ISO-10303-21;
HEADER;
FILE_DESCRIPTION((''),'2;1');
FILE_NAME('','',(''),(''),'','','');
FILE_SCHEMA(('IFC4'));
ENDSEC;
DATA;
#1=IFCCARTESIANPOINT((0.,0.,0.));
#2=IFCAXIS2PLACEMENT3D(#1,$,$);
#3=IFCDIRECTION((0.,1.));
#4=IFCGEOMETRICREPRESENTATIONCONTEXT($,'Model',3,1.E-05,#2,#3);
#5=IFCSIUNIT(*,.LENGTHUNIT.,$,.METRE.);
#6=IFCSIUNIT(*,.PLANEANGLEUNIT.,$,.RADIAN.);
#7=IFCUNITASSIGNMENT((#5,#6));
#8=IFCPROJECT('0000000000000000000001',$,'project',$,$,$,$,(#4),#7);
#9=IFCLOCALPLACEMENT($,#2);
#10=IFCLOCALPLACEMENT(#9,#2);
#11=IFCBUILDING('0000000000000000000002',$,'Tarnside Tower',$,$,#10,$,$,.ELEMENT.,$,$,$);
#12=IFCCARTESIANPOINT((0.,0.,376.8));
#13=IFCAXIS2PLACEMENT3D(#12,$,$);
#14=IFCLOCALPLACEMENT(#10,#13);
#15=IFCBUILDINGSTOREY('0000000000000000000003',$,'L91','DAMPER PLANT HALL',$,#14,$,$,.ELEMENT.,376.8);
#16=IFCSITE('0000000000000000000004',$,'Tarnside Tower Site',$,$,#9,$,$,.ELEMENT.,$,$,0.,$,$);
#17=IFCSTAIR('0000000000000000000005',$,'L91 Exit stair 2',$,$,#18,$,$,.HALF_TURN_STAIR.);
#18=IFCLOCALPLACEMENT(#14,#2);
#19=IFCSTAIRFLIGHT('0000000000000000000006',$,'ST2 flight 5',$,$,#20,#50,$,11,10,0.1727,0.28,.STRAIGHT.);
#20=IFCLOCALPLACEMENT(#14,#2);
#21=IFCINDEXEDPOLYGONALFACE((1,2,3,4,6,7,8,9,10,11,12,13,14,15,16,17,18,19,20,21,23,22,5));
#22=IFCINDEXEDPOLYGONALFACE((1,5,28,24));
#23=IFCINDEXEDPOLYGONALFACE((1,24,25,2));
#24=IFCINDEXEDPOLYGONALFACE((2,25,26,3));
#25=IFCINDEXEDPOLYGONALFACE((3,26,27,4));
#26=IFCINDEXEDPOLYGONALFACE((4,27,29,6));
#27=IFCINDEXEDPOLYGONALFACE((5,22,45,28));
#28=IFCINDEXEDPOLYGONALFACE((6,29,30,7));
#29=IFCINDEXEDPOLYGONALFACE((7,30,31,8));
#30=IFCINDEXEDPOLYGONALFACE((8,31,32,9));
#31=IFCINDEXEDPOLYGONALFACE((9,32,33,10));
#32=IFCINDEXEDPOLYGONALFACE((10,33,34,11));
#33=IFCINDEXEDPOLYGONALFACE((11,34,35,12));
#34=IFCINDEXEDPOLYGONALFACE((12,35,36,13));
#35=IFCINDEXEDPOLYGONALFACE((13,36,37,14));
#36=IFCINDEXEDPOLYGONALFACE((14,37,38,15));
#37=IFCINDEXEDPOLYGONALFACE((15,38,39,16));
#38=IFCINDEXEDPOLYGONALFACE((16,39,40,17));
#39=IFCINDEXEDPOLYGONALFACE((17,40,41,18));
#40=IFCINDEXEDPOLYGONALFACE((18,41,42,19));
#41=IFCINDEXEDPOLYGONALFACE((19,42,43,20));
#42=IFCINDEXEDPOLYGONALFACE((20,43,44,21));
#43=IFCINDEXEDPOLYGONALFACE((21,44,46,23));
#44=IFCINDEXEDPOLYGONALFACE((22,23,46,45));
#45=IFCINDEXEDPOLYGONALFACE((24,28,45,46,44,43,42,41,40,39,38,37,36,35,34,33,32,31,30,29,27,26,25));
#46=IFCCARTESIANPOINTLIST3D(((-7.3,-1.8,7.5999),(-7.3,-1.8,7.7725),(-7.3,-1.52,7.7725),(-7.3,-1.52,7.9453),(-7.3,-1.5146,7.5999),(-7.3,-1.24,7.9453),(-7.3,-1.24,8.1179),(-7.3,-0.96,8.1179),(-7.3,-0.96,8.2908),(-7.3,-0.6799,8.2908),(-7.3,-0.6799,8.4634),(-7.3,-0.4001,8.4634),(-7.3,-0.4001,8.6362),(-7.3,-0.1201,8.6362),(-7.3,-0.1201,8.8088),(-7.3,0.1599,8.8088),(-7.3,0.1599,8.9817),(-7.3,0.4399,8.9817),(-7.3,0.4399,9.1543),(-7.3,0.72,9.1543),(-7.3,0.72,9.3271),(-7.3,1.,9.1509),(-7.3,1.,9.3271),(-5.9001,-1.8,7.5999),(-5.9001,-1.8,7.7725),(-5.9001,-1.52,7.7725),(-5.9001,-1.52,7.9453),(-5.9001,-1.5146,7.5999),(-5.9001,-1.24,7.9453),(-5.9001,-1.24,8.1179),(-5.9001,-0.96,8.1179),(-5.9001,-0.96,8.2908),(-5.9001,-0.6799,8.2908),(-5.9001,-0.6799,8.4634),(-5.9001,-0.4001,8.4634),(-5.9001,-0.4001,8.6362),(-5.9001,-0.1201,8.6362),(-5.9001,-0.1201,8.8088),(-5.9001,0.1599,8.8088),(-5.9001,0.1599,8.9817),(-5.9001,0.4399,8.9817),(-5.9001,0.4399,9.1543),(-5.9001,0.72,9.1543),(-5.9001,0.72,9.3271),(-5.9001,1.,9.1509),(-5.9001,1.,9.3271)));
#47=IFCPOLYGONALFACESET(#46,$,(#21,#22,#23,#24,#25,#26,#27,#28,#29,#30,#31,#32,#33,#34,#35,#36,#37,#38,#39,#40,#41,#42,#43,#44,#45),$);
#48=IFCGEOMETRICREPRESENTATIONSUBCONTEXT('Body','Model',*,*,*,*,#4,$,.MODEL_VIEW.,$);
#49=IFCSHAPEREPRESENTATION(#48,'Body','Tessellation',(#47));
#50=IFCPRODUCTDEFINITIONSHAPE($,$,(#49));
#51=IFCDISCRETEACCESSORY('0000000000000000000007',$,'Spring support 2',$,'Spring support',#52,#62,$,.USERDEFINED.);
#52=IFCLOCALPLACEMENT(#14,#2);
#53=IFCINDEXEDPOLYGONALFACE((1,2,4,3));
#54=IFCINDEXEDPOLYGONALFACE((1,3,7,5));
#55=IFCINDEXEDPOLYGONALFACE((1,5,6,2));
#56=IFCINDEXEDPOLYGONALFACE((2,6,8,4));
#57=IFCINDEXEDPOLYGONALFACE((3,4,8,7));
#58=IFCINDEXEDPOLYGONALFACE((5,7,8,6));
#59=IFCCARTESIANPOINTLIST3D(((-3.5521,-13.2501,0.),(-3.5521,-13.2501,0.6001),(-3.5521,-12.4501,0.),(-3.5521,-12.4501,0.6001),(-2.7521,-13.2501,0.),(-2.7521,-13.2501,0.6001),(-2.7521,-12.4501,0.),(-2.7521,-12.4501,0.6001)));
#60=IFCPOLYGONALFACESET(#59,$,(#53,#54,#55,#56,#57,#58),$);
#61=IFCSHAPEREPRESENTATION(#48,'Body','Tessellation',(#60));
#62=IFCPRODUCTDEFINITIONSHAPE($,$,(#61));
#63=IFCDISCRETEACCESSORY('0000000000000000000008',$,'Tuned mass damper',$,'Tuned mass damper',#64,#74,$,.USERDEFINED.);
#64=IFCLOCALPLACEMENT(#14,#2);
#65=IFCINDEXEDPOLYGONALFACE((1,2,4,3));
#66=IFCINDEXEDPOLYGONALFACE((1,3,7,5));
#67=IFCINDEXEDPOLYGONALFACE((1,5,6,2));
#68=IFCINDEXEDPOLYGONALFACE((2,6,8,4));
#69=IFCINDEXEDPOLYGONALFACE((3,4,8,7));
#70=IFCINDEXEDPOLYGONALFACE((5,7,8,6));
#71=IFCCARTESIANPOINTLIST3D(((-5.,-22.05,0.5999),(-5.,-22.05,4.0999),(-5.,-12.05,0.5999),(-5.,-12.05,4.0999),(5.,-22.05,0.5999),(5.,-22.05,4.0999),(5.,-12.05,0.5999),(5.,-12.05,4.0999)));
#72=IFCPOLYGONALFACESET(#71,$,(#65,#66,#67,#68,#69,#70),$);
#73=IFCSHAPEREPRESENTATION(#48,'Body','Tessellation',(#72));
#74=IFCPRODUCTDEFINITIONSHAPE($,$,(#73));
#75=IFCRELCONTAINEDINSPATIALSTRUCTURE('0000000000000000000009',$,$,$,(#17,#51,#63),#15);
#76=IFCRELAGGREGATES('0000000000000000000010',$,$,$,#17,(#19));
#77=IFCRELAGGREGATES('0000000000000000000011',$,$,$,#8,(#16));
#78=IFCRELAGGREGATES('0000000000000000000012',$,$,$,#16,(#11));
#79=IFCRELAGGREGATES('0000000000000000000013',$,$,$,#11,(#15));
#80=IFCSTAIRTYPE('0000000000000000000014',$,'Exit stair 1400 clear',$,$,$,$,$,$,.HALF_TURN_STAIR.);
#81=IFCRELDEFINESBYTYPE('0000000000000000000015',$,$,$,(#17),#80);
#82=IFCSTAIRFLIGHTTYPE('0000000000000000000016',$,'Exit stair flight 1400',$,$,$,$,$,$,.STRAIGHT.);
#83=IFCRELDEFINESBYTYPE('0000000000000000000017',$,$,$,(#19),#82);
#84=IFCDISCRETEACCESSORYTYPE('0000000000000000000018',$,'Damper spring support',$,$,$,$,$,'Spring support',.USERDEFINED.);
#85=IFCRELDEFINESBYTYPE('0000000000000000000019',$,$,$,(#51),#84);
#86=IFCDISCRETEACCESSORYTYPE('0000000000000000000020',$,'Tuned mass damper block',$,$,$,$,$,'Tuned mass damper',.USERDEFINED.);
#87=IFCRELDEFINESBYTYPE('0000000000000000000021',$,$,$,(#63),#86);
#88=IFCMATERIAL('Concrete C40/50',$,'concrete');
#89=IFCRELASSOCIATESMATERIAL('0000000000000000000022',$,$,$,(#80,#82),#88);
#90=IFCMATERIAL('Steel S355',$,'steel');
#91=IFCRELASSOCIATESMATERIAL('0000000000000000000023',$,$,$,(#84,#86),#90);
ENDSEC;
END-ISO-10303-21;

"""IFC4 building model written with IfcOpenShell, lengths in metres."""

from ifc_helpers import new_model, si_unit, direction, frame, origin, origin_2d, place, context, subcontext, project, spatial, polyline, rectangle, outline, extrude, material, type_object, element, aggregate, save


model = new_model("IFC4")

# Units and contexts
model_context = context("Model", 3, precision=1e-05, world=origin(), true_north=direction((0.0, 1.0)))
body_context = subcontext(model_context, "Body", "Model", "MODEL_VIEW")
ifc_project = project(units=[si_unit("LENGTHUNIT", "METRE"), si_unit("PLANEANGLEUNIT", "RADIAN")], contexts=[model_context])

# Site, building, storey
site_placement = place(None, origin())
site = spatial("IfcSite", under=ifc_project, at=site_placement, Name="Tarnside Tower Site", CompositionType="ELEMENT", RefElevation=0.0)
building_placement = place(site_placement, origin())
building = spatial("IfcBuilding", under=site, at=building_placement, Name="Tarnside Tower", CompositionType="ELEMENT")
storey_placement = place(building_placement, frame((0.0, 0.0, 376.8)))
storey = spatial("IfcBuildingStorey", under=building, at=storey_placement, Name="L91", Description="DAMPER PLANT HALL", CompositionType="ELEMENT", Elevation=376.8)

# Shared definitions
ifc_material_1 = material(Name="Concrete C40/50", Category="concrete")

# Stair, stair flight
stair_type = type_object("IfcStairType", Name="Exit stair 1400 clear", PredefinedType="HALF_TURN_STAIR", material=ifc_material_1)
stair_placement = place(storey_placement, origin())
stair = element("IfcStair", 1, at=stair_placement, inside=storey, type_object=stair_type, Name="L91 Exit stair 2", PredefinedType="HALF_TURN_STAIR")
stair_flight_type = type_object("IfcStairFlightType", Name="Exit stair flight 1400", PredefinedType="STRAIGHT", material=ifc_material_1)
stair_flight_1_placement = place(storey_placement, frame((-6.6001, -1.8, 7.5999), z_axis=(0.0, 0.0, 1.0), x_axis=(0.0, 1.0, 0.0)))
stair_flight_1 = element("IfcStairFlight", 2, at=stair_flight_1_placement, type_object=stair_flight_type, Name="ST2 flight 5", NumberOfRisers=11, NumberOfTreads=10, PredefinedType="STRAIGHT", RiserHeight=0.1727, TreadLength=0.28, context=body_context, shape_type="SweptSolid", body=[
    extrude(outline(polyline([(0.0, 0.0), (0.0, 0.1726), (0.28, 0.1726), (0.28, 0.3455), (0.5601, 0.3455), (0.5601, 0.5181), (0.8401, 0.5181), (0.8401, 0.6909), (1.1201, 0.6909), (1.1201, 0.8635), (1.3999, 0.8635), (1.3999, 1.0364), (1.6799, 1.0364), (1.6799, 1.209), (1.96, 1.209), (1.96, 1.3818), (2.24, 1.3818), (2.24, 1.5544), (2.52, 1.5544), (2.52, 1.7273), (2.8, 1.7273), (2.8, 1.8999), (2.8, 1.551), (0.2854, 0.0), (0.0, 0.0)])), frame((0.0, 0.7, 0.0), z_axis=(0.0, -1.0, 0.0), x_axis=(1.0, 0.0, 0.0)), (0.0, 0.0, 1.0), 1.3999),
])
aggregate(stair, [stair_flight_1])

# Discrete accessories
ifc_material_2 = material(Name="Steel S355", Category="steel")
discrete_accessory_type_1 = type_object("IfcDiscreteAccessoryType", Name="Damper spring support", ElementType="Spring support", PredefinedType="USERDEFINED", material=ifc_material_2)
discrete_accessory_1_placement = place(storey_placement, frame((-3.1521, -12.8501, 0.0), z_axis=(0.0, 0.0, 1.0), x_axis=(1.0, 0.0, 0.0)))
element("IfcDiscreteAccessory", 3, at=discrete_accessory_1_placement, inside=storey, type_object=discrete_accessory_type_1, Name="Spring support 2", ObjectType="Spring support", PredefinedType="USERDEFINED", context=body_context, shape_type="SweptSolid", body=[
    extrude(rectangle(XDim=0.8, YDim=0.8, at=origin_2d()), origin(), (0.0, 0.0, 1.0), 0.6001),
])
discrete_accessory_type_2 = type_object("IfcDiscreteAccessoryType", Name="Tuned mass damper block", ElementType="Tuned mass damper", PredefinedType="USERDEFINED", material=ifc_material_2)
discrete_accessory_2_placement = place(storey_placement, frame((0.0, -17.05, 0.5999), z_axis=(0.0, 0.0, 1.0), x_axis=(1.0, 0.0, 0.0)))
element("IfcDiscreteAccessory", 4, at=discrete_accessory_2_placement, inside=storey, type_object=discrete_accessory_type_2, Name="Tuned mass damper", ObjectType="Tuned mass damper", PredefinedType="USERDEFINED", context=body_context, shape_type="SweptSolid", body=[
    extrude(rectangle(XDim=10.0, YDim=10.0, at=origin_2d()), origin(), (0.0, 0.0, 1.0), 3.5),
])

save(model, "model.ifc")
